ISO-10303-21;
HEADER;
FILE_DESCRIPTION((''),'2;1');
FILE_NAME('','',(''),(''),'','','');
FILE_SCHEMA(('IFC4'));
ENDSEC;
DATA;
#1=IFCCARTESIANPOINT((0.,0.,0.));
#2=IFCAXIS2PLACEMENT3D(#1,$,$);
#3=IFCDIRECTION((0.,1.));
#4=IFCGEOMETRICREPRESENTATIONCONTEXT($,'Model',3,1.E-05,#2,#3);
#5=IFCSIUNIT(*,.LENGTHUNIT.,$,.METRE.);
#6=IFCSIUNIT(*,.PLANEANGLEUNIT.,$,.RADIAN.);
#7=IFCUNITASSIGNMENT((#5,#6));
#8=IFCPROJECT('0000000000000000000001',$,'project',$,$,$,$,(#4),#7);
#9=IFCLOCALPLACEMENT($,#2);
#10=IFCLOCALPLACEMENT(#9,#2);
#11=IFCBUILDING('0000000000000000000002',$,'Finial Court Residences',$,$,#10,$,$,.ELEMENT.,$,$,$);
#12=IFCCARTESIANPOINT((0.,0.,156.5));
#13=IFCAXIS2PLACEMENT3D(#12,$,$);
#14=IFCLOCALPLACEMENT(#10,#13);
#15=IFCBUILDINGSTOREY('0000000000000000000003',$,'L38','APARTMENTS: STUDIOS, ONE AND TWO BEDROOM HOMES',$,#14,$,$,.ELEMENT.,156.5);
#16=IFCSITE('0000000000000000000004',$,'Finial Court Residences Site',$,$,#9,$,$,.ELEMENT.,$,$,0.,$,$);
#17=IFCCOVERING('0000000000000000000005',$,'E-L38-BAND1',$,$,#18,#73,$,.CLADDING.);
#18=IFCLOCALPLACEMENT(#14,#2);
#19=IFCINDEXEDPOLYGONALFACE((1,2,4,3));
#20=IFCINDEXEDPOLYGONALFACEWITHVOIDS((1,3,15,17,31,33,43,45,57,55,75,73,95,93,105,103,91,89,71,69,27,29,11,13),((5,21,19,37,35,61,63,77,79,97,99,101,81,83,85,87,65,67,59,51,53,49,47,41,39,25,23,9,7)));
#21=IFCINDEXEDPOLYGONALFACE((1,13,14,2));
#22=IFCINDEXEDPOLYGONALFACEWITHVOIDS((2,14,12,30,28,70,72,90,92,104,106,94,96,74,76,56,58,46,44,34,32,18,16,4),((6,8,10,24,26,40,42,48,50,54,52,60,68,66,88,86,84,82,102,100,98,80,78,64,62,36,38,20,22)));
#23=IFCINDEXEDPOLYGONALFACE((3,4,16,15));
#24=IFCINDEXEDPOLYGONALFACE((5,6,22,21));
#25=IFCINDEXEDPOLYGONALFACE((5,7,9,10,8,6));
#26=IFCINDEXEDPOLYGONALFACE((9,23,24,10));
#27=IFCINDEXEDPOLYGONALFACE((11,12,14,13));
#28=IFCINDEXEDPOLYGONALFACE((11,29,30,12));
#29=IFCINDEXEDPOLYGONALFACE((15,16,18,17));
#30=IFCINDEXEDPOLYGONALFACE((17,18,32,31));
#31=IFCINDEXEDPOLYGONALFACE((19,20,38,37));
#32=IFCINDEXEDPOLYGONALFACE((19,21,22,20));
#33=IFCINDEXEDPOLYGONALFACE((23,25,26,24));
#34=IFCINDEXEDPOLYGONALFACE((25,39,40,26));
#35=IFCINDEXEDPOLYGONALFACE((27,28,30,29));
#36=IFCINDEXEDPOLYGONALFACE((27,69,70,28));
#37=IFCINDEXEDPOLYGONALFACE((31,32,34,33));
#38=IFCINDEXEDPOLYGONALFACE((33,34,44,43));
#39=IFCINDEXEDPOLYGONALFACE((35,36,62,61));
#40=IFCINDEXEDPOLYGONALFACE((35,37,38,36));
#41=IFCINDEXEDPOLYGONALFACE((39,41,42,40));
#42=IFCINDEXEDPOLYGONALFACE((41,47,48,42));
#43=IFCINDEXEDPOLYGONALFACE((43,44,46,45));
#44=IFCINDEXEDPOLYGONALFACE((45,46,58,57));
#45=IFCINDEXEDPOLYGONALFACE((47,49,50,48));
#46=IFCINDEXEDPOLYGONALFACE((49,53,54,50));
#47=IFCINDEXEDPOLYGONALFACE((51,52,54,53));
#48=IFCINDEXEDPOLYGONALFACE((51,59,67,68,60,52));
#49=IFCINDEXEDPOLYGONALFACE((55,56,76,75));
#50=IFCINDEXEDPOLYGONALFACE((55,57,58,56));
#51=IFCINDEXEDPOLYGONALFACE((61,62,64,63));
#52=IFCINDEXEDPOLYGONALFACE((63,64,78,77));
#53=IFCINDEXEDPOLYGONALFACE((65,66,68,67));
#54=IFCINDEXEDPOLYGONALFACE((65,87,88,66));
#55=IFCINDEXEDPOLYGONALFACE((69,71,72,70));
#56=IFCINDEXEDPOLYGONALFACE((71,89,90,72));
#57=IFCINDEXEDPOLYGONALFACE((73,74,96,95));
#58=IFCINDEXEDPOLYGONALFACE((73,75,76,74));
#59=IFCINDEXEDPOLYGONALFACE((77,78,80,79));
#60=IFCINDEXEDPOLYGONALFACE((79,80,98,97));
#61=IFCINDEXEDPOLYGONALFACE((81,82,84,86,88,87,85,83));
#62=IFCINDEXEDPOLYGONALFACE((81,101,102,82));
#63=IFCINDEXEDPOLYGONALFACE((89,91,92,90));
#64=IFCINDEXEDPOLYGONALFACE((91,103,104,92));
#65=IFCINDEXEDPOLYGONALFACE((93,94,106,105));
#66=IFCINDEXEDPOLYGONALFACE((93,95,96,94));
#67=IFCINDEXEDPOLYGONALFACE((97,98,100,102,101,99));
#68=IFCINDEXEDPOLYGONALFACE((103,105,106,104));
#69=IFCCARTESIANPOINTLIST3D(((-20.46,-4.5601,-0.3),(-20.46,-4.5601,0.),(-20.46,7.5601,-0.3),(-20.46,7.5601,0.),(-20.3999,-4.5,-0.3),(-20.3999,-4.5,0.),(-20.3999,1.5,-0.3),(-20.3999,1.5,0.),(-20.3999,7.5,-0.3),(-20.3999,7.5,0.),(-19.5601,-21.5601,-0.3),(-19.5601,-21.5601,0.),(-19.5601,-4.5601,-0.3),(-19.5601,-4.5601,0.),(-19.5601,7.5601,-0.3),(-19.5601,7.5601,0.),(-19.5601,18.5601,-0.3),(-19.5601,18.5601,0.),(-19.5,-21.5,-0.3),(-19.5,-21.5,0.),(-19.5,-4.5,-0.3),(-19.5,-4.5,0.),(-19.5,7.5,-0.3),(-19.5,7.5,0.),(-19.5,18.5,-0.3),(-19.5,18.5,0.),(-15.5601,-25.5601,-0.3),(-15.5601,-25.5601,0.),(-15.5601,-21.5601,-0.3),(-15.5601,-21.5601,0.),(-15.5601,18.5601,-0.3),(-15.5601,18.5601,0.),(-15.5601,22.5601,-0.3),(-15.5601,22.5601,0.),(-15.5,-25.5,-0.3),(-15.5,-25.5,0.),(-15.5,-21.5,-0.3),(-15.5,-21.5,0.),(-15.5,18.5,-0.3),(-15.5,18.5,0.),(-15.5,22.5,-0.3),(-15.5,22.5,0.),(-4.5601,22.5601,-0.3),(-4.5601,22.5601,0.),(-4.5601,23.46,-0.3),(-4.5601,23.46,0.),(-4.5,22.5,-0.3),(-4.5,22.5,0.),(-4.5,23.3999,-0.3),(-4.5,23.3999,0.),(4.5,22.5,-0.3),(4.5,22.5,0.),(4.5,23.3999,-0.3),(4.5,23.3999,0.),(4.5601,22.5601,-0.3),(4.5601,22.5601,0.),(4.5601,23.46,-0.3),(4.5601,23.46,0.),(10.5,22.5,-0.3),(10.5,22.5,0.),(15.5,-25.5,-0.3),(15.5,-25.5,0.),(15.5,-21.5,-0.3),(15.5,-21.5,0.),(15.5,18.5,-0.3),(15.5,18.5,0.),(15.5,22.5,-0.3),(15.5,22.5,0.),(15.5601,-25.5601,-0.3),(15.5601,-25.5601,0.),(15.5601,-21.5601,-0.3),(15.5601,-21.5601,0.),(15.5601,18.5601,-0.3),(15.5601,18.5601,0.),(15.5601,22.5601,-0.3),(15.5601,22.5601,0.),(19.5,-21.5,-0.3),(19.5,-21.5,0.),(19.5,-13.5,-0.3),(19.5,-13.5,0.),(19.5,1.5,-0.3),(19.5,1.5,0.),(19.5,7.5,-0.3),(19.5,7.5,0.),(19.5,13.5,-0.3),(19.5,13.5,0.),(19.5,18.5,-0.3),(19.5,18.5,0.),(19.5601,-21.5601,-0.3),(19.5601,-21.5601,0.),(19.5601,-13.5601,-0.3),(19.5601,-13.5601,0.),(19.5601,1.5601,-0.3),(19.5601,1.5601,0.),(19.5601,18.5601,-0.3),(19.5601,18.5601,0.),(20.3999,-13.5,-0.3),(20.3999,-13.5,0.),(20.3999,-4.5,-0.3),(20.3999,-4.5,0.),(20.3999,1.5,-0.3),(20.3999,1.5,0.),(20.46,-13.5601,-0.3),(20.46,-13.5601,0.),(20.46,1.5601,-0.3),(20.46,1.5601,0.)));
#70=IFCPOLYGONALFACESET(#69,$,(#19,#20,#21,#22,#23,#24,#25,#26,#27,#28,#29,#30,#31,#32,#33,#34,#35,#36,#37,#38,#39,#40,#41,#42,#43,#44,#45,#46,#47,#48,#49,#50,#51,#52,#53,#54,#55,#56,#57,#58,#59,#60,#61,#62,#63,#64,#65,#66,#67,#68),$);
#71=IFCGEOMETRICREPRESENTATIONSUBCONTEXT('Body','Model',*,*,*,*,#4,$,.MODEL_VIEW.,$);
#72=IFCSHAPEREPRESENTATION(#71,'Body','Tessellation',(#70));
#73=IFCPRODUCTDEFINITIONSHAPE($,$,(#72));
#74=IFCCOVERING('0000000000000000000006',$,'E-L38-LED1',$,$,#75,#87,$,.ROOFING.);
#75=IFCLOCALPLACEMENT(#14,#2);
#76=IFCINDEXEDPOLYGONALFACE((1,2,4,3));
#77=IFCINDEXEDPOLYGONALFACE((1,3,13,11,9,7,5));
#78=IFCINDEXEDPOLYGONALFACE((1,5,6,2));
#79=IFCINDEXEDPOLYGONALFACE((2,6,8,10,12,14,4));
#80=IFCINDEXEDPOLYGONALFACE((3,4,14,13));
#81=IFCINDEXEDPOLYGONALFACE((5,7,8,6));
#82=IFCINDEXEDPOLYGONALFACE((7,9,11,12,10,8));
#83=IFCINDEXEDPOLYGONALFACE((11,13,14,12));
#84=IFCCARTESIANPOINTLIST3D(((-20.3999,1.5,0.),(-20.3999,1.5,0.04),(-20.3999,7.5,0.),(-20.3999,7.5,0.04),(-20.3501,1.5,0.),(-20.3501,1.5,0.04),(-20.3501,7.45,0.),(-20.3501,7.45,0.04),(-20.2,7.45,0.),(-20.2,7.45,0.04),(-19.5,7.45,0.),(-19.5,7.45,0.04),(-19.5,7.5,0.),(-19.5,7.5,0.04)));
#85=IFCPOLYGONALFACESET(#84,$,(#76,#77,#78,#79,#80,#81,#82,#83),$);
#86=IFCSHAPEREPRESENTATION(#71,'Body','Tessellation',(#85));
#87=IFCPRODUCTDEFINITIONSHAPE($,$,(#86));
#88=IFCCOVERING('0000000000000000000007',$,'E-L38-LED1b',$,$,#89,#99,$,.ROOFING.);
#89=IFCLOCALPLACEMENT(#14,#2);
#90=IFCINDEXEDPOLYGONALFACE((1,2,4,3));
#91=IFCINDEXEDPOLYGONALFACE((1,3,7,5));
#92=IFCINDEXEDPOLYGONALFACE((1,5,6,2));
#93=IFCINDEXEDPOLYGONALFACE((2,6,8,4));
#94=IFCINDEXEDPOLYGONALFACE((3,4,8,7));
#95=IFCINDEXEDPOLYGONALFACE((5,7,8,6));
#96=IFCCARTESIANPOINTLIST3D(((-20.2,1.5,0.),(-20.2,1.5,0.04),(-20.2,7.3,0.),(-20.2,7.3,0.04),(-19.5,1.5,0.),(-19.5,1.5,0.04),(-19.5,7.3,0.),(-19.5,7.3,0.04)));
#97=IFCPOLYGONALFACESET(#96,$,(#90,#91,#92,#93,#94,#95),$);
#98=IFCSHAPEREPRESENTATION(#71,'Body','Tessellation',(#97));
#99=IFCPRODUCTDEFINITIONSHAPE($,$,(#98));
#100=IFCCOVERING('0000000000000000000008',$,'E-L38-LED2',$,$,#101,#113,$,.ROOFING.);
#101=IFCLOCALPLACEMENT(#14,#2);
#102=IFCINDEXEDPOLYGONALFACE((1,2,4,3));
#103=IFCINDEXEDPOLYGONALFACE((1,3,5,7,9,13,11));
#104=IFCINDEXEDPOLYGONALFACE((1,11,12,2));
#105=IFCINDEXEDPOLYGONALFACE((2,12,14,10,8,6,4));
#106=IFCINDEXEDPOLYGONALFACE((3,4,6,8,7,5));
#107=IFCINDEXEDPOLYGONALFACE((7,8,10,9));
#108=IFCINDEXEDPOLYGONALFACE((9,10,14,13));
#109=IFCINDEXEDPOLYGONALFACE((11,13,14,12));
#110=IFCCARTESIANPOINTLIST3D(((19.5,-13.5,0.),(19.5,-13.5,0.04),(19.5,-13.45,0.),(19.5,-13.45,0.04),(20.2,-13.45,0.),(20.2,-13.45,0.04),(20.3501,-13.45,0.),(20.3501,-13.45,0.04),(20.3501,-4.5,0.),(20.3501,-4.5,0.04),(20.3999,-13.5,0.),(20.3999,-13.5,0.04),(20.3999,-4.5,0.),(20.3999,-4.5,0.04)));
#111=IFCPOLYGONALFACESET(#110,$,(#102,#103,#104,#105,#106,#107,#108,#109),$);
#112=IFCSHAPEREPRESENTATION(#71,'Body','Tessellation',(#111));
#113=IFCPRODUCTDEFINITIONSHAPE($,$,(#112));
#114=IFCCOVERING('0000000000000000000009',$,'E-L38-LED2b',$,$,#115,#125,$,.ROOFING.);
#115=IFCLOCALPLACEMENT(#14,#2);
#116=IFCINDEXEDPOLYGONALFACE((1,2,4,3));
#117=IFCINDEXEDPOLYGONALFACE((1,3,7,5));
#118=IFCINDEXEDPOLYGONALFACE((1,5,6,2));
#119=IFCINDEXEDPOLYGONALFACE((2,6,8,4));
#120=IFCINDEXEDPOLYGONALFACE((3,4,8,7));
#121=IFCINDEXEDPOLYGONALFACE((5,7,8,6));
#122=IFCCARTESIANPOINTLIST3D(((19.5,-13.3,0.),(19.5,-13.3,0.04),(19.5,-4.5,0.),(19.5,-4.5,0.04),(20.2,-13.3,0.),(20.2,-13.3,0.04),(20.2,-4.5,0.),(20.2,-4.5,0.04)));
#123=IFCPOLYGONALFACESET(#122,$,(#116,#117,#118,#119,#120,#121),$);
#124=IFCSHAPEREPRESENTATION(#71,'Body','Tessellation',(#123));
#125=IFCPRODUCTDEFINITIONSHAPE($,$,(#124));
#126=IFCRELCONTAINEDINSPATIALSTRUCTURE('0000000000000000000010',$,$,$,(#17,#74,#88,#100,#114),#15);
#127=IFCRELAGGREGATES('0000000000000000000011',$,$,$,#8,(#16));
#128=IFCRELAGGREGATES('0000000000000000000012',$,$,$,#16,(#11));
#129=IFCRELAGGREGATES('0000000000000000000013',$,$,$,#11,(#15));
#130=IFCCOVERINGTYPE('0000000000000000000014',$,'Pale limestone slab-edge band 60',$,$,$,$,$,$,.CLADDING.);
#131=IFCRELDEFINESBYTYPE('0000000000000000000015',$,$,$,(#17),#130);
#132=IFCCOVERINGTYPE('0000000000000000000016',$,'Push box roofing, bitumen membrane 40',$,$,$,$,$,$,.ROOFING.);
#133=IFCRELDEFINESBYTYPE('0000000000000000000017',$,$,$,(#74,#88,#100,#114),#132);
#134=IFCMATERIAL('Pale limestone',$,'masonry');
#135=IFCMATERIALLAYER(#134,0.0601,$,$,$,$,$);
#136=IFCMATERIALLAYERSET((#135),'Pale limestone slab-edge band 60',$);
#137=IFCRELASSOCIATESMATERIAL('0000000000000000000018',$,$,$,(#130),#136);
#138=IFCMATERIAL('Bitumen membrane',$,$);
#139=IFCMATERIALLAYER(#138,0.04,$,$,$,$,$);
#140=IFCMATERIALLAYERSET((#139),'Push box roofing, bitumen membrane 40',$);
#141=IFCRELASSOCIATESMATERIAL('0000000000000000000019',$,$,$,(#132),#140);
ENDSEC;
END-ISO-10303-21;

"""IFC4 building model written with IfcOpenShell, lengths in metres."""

from ifc_helpers import new_model, si_unit, direction, frame, origin, place, context, subcontext, project, spatial, polyline, outline, extrude, material, layer, layer_set, type_object, element, save


model = new_model("IFC4")

# Units and contexts
model_context = context("Model", 3, precision=1e-05, world=origin(), true_north=direction((0.0, 1.0)))
body_context = subcontext(model_context, "Body", "Model", "MODEL_VIEW")
ifc_project = project(units=[si_unit("LENGTHUNIT", "METRE"), si_unit("PLANEANGLEUNIT", "RADIAN")], contexts=[model_context])

# Site, building, storey
site_placement = place(None, origin())
site = spatial("IfcSite", under=ifc_project, at=site_placement, Name="Finial Court Residences Site", CompositionType="ELEMENT", RefElevation=0.0)
building_placement = place(site_placement, origin())
building = spatial("IfcBuilding", under=site, at=building_placement, Name="Finial Court Residences", CompositionType="ELEMENT")
storey_placement = place(building_placement, frame((0.0, 0.0, 156.5)))
storey = spatial("IfcBuildingStorey", under=building, at=storey_placement, Name="L38", Description="APARTMENTS: STUDIOS, ONE AND TWO BEDROOM HOMES", CompositionType="ELEMENT", Elevation=156.5)

# Coverings
ifc_material_1 = material(Name="Pale limestone", Category="masonry")
ifc_layer_1 = layer(ifc_material_1, 0.0601)
ifc_layer_set_1 = layer_set([ifc_layer_1], Name="Pale limestone slab-edge band 60")
covering_type_1 = type_object("IfcCoveringType", Name="Pale limestone slab-edge band 60", PredefinedType="CLADDING", material=ifc_layer_set_1)
covering_1_placement = place(storey_placement, frame((0.0, 0.0, -0.3)))
element("IfcCovering", 1, at=covering_1_placement, inside=storey, type_object=covering_type_1, Name="E-L38-BAND1", PredefinedType="CLADDING", context=body_context, shape_type="SweptSolid", body=[
    extrude(outline(polyline([(15.5601, -21.5601), (15.5601, -25.5601), (-15.5601, -25.5601), (-15.5601, -21.5601), (-19.5601, -21.5601), (-19.5601, -4.5601), (-20.46, -4.5601), (-20.46, 7.5601), (-19.5601, 7.5601), (-19.5601, 18.5601), (-15.5601, 18.5601), (-15.5601, 22.5601), (-4.5601, 22.5601), (-4.5601, 23.46), (4.5601, 23.46), (4.5601, 22.5601), (15.5601, 22.5601), (15.5601, 18.5601), (19.5601, 18.5601), (19.5601, 1.5601), (20.46, 1.5601), (20.46, -13.5601), (19.5601, -13.5601), (19.5601, -21.5601), (15.5601, -21.5601)]), holes=[polyline([(19.5, -13.5), (20.3999, -13.5), (20.3999, -4.5), (20.3999, 1.5), (19.5, 1.5), (19.5, 7.5), (19.5, 13.5), (19.5, 18.5), (15.5, 18.5), (15.5, 22.5), (10.5, 22.5), (4.5, 22.5), (4.5, 23.3999), (-4.5, 23.3999), (-4.5, 22.5), (-15.5, 22.5), (-15.5, 18.5), (-19.5, 18.5), (-19.5, 7.5), (-20.3999, 7.5), (-20.3999, 1.5), (-20.3999, -4.5), (-19.5, -4.5), (-19.5, -21.5), (-15.5, -21.5), (-15.5, -25.5), (15.5, -25.5), (15.5, -21.5), (19.5, -21.5), (19.5, -13.5)])]), origin(), (0.0, 0.0, 1.0), 0.3),
])
ifc_material_2 = material(Name="Bitumen membrane")
ifc_layer_2 = layer(ifc_material_2, 0.04)
ifc_layer_set_2 = layer_set([ifc_layer_2], Name="Push box roofing, bitumen membrane 40")
covering_type_2 = type_object("IfcCoveringType", Name="Push box roofing, bitumen membrane 40", PredefinedType="ROOFING", material=ifc_layer_set_2)
covering_2_placement = place(storey_placement, origin())
element("IfcCovering", 2, at=covering_2_placement, inside=storey, type_object=covering_type_2, Name="E-L38-LED1", PredefinedType="ROOFING", context=body_context, shape_type="SweptSolid", body=[
    extrude(outline(polyline([(-19.5, 7.45), (-20.2, 7.45), (-20.3501, 7.45), (-20.3501, 1.5), (-20.3999, 1.5), (-20.3999, 7.5), (-19.5, 7.5), (-19.5, 7.45)])), origin(), (0.0, 0.0, 1.0), 0.04),
])
covering_3_placement = place(storey_placement, origin())
element("IfcCovering", 3, at=covering_3_placement, inside=storey, type_object=covering_type_2, Name="E-L38-LED1b", PredefinedType="ROOFING", context=body_context, shape_type="SweptSolid", body=[
    extrude(outline(polyline([(-19.5, 1.5), (-20.2, 1.5), (-20.2, 7.3), (-19.5, 7.3), (-19.5, 1.5)])), origin(), (0.0, 0.0, 1.0), 0.04),
])
covering_4_placement = place(storey_placement, origin())
element("IfcCovering", 4, at=covering_4_placement, inside=storey, type_object=covering_type_2, Name="E-L38-LED2", PredefinedType="ROOFING", context=body_context, shape_type="SweptSolid", body=[
    extrude(outline(polyline([(19.5, -13.45), (20.2, -13.45), (20.3501, -13.45), (20.3501, -4.5), (20.3999, -4.5), (20.3999, -13.5), (19.5, -13.5), (19.5, -13.45)])), origin(), (0.0, 0.0, 1.0), 0.04),
])
covering_5_placement = place(storey_placement, origin())
element("IfcCovering", 5, at=covering_5_placement, inside=storey, type_object=covering_type_2, Name="E-L38-LED2b", PredefinedType="ROOFING", context=body_context, shape_type="SweptSolid", body=[
    extrude(outline(polyline([(19.5, -4.5), (20.2, -4.5), (20.2, -13.3), (19.5, -13.3), (19.5, -4.5)])), origin(), (0.0, 0.0, 1.0), 0.04),
])

save(model, "model.ifc")
